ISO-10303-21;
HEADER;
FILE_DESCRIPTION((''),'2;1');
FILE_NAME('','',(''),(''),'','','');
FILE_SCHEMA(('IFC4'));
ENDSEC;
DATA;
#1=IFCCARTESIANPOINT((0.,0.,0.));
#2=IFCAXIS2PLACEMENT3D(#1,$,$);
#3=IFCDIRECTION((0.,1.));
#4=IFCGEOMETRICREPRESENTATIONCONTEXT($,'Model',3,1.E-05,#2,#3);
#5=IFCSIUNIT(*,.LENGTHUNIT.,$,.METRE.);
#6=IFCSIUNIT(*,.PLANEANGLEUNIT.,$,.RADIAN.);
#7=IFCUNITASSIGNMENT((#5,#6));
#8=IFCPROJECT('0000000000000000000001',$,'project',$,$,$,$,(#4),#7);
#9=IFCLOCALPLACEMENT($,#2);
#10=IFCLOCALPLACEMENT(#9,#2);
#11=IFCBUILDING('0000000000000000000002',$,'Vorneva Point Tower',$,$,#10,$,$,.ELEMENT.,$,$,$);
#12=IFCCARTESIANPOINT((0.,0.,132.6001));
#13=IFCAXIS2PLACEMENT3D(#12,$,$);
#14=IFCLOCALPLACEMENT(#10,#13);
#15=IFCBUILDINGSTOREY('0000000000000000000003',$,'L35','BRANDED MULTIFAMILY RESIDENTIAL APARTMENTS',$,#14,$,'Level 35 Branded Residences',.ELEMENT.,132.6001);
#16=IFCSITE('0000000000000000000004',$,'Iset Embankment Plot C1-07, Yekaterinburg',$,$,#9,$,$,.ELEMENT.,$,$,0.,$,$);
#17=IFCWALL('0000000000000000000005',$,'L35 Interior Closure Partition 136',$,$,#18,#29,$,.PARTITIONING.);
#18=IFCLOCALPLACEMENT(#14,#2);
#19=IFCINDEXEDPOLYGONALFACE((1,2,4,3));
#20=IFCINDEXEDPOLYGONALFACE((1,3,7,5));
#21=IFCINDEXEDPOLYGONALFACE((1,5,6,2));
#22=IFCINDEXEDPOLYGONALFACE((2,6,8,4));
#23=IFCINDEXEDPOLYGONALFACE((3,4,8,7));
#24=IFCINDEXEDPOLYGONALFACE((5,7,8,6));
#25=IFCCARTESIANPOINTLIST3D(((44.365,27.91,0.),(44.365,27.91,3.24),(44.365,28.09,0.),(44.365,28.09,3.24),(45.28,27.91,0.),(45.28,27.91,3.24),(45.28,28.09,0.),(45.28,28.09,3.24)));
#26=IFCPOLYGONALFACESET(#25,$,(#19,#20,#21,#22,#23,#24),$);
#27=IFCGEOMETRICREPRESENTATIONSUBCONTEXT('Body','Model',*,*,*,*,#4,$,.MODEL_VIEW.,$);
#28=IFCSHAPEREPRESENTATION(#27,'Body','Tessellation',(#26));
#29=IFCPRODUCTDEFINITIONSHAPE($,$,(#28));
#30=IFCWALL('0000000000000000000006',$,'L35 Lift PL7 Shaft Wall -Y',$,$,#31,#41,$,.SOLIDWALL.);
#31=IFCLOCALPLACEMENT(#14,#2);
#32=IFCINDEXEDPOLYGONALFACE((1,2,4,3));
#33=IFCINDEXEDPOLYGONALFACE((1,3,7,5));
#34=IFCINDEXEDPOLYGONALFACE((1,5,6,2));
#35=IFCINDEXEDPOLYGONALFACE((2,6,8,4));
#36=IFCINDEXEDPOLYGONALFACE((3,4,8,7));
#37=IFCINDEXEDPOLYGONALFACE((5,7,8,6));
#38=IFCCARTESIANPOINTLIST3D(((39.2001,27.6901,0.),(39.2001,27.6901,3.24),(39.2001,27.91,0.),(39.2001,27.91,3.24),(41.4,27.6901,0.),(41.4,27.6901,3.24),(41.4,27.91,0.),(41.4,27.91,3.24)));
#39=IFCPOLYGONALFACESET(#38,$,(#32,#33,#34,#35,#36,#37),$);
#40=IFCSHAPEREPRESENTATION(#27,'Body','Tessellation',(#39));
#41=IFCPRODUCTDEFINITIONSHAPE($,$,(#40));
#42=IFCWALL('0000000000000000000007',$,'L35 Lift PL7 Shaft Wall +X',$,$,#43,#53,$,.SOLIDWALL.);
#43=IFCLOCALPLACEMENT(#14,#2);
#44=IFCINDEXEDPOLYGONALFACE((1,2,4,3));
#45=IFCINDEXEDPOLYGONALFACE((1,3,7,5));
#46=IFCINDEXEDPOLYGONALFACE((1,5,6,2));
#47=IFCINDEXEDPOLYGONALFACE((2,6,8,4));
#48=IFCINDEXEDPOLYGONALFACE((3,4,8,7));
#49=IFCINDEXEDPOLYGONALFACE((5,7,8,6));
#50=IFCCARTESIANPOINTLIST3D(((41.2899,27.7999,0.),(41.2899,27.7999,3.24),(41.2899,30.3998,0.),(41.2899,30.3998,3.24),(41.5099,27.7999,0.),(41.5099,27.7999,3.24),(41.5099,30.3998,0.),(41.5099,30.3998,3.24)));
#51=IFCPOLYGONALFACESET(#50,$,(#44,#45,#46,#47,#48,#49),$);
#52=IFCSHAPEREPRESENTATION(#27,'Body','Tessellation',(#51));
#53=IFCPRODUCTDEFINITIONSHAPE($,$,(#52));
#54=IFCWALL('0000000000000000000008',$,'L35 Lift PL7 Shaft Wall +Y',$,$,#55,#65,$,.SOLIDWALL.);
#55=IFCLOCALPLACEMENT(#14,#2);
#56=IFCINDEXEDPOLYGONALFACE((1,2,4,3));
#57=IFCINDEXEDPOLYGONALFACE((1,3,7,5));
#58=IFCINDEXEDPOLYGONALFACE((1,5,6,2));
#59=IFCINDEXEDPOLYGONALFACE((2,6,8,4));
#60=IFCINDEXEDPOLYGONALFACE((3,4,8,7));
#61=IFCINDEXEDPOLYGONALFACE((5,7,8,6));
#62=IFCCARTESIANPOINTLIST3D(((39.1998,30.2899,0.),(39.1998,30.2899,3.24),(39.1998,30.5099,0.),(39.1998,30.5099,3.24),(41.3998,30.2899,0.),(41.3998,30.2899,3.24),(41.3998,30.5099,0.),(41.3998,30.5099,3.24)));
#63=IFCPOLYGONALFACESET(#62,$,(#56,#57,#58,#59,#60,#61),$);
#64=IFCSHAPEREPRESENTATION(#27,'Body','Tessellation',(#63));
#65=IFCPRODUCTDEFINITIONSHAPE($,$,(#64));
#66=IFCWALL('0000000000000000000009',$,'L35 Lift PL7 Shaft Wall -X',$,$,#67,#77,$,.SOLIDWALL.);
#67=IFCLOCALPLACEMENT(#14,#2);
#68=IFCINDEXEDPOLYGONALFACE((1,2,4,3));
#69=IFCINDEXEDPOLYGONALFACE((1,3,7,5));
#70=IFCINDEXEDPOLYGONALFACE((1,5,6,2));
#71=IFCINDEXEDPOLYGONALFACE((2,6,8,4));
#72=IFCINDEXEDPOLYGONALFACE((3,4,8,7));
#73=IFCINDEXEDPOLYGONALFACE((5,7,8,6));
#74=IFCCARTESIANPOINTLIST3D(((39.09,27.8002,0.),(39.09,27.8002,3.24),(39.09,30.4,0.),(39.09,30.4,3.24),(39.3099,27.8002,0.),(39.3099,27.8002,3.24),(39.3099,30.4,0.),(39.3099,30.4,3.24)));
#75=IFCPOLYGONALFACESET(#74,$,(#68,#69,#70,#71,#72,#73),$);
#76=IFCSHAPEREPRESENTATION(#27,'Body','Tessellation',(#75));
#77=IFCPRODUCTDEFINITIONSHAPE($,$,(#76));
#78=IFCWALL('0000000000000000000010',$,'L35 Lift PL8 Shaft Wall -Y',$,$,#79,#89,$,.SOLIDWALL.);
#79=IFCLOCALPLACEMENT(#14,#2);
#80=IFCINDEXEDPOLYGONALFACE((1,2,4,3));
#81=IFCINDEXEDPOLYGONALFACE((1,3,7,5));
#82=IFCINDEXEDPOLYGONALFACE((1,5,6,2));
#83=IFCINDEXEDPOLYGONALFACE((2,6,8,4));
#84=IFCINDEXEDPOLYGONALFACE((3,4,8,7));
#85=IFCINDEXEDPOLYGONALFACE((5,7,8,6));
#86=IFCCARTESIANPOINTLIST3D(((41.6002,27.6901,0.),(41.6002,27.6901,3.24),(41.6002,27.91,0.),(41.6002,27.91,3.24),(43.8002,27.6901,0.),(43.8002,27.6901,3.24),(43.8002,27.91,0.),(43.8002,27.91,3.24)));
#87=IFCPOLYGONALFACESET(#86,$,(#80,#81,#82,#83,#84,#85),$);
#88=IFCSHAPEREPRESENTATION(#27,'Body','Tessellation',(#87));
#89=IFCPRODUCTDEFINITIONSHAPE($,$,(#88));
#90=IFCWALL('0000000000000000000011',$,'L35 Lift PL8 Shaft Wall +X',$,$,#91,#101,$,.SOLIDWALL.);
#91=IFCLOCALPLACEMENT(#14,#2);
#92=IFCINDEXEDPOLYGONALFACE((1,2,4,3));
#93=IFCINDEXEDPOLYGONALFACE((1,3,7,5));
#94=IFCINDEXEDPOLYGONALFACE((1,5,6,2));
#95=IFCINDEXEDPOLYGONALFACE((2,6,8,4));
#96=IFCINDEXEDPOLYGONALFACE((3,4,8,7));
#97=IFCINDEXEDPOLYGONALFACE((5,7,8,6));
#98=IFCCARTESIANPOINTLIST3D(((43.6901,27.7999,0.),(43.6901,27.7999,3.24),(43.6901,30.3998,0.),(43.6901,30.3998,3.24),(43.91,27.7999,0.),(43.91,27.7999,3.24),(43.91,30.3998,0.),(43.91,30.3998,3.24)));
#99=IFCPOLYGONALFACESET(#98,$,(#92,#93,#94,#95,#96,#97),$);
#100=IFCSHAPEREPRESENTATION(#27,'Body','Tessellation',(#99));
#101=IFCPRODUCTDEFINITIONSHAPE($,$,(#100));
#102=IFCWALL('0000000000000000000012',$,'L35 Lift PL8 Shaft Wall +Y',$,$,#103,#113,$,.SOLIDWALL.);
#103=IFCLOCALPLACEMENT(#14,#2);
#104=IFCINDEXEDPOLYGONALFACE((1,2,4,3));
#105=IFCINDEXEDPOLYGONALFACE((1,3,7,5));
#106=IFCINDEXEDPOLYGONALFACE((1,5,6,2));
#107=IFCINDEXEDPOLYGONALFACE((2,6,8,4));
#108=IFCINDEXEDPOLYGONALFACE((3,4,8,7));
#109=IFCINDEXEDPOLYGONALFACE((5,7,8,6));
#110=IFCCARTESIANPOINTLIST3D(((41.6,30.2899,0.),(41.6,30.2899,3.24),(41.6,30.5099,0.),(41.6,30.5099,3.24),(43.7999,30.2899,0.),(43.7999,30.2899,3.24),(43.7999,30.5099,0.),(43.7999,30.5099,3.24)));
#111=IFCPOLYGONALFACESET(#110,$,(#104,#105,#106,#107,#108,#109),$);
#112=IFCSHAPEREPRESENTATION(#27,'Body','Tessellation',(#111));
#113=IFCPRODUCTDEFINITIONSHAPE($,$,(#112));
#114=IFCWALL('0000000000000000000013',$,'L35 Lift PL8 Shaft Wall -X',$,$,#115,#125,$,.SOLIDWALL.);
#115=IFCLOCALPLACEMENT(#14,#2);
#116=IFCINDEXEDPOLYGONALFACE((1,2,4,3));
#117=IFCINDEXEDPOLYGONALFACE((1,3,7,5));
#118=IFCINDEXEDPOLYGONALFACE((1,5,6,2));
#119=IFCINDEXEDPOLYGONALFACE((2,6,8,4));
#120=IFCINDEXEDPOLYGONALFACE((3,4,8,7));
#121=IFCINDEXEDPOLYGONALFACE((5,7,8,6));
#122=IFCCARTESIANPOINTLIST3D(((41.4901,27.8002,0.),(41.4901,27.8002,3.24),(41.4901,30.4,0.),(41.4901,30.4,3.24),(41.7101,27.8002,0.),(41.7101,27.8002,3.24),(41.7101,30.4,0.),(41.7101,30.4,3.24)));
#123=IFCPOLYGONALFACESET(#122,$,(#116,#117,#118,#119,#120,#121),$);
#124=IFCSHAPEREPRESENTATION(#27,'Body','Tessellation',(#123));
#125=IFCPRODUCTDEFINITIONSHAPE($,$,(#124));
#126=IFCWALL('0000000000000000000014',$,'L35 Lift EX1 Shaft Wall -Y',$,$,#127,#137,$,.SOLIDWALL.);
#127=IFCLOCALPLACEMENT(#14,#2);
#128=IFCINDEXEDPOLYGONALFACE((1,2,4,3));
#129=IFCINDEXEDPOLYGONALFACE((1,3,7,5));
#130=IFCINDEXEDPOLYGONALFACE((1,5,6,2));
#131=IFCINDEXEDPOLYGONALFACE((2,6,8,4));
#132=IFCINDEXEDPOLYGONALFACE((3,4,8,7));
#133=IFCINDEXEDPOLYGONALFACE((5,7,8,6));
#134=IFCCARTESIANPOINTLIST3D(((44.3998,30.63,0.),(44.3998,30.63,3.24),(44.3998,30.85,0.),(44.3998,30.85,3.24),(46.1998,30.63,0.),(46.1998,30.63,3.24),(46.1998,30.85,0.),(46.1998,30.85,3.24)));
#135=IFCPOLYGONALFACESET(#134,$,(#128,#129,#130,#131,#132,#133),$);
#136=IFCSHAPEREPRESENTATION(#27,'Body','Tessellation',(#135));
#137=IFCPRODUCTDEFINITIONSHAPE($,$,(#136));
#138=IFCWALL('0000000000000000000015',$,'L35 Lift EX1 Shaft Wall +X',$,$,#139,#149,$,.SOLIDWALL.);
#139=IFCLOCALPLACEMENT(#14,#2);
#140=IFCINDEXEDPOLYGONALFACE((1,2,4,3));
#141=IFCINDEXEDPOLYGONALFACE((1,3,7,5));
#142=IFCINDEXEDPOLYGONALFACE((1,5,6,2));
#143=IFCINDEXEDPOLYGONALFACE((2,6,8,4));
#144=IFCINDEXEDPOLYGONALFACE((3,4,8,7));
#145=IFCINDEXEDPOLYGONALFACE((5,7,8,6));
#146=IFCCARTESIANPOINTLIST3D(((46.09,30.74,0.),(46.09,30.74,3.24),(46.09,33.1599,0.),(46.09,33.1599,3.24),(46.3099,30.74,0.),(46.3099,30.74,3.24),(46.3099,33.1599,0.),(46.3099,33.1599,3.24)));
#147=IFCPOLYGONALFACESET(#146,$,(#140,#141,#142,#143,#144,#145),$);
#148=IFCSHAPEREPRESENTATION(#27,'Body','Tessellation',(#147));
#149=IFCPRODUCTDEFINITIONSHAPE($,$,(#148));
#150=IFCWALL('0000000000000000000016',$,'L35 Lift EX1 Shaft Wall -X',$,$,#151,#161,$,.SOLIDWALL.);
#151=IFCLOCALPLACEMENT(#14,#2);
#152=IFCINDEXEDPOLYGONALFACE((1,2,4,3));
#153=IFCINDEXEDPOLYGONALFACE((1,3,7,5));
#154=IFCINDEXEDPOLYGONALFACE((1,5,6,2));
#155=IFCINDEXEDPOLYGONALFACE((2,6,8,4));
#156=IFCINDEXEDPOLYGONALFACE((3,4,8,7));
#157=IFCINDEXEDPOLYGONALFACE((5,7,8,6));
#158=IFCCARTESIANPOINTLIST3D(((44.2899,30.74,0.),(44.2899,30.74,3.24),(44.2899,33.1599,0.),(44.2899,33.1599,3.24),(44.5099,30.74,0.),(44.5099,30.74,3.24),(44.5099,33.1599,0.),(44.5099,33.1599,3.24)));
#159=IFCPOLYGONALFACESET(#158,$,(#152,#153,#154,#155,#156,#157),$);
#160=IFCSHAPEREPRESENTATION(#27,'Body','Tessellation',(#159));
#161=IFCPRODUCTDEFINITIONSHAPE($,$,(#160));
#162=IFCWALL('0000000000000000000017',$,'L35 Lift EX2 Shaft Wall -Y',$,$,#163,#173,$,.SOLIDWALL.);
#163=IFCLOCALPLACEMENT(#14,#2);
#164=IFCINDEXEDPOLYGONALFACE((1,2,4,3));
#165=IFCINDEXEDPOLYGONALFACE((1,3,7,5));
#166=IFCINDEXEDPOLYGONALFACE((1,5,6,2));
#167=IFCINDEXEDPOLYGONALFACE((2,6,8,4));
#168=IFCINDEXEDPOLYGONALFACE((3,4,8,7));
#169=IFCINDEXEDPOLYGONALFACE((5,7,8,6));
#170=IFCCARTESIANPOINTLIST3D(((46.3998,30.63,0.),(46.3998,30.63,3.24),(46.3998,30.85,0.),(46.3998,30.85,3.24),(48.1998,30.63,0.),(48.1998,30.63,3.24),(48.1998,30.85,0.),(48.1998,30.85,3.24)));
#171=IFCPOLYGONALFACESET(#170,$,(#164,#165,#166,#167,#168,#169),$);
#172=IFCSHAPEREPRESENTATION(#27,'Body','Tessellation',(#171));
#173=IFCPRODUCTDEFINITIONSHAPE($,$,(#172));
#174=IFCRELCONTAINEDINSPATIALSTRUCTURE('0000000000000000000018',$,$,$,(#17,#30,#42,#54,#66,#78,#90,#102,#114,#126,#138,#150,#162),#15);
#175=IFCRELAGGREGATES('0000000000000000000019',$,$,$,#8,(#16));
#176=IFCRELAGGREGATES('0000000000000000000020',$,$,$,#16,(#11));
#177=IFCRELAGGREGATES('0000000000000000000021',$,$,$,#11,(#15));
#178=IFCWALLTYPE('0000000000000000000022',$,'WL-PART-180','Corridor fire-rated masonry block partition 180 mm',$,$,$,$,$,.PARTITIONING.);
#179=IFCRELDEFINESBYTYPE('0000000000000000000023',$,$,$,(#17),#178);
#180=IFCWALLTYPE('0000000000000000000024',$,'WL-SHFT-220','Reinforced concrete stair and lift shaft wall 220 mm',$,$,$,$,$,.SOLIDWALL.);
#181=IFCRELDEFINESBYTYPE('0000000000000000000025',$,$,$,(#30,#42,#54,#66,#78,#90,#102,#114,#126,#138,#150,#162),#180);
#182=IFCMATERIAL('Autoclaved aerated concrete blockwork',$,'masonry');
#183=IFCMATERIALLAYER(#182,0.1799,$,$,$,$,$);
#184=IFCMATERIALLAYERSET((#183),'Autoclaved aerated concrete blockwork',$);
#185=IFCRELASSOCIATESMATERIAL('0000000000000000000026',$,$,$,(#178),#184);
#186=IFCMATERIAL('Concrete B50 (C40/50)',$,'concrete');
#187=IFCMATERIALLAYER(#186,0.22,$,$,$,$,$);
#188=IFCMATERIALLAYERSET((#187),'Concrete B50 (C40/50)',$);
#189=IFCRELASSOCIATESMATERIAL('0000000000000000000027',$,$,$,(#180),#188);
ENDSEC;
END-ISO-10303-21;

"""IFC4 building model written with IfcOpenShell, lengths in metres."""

from ifc_helpers import new_model, si_unit, direction, frame, frame_2d, origin, place, context, subcontext, project, spatial, rectangle, extrude, material, layer, layer_set, type_object, element, save


model = new_model("IFC4")

# Units and contexts
model_context = context("Model", 3, precision=1e-05, world=origin(), true_north=direction((0.0, 1.0)))
body_context = subcontext(model_context, "Body", "Model", "MODEL_VIEW")
ifc_project = project(units=[si_unit("LENGTHUNIT", "METRE"), si_unit("PLANEANGLEUNIT", "RADIAN")], contexts=[model_context])

# Site, building, storey
site_placement = place(None, origin())
site = spatial("IfcSite", under=ifc_project, at=site_placement, Name="Iset Embankment Plot C1-07, Yekaterinburg", CompositionType="ELEMENT", RefElevation=0.0)
building_placement = place(site_placement, origin())
building = spatial("IfcBuilding", under=site, at=building_placement, Name="Vorneva Point Tower", CompositionType="ELEMENT")
storey_placement = place(building_placement, frame((0.0, 0.0, 132.6001)))
storey = spatial("IfcBuildingStorey", under=building, at=storey_placement, Name="L35", Description="BRANDED MULTIFAMILY RESIDENTIAL APARTMENTS", LongName="Level 35 Branded Residences", CompositionType="ELEMENT", Elevation=132.6001)

# Shared definitions
ifc_material_1 = material(Name="Autoclaved aerated concrete blockwork", Category="masonry")
ifc_layer_1 = layer(ifc_material_1, 0.1799)
ifc_layer_set_1 = layer_set([ifc_layer_1], Name="Autoclaved aerated concrete blockwork")
wall_type_1 = type_object("IfcWallType", Name="WL-PART-180", Description="Corridor fire-rated masonry block partition 180 mm", PredefinedType="PARTITIONING", material=ifc_layer_set_1)

# Walls
wall_1_placement = place(storey_placement, frame((45.28, 28.0, 0.0), z_axis=(0.0, 0.0, 1.0), x_axis=(-1.0, 0.0, 0.0)))
element("IfcWall", 1, at=wall_1_placement, inside=storey, type_object=wall_type_1, Name="L35 Interior Closure Partition 136", PredefinedType="PARTITIONING", context=body_context, shape_type="SweptSolid", body=[
    extrude(rectangle(XDim=0.915, YDim=0.1799, at=frame_2d((0.4575, 0.0))), origin(), (0.0, 0.0, 1.0), 3.24),
])
ifc_material_2 = material(Name="Concrete B50 (C40/50)", Category="concrete")
ifc_layer_2 = layer(ifc_material_2, 0.22)
ifc_layer_set_2 = layer_set([ifc_layer_2], Name="Concrete B50 (C40/50)")
wall_type_2 = type_object("IfcWallType", Name="WL-SHFT-220", Description="Reinforced concrete stair and lift shaft wall 220 mm", PredefinedType="SOLIDWALL", material=ifc_layer_set_2)
wall_2_placement = place(storey_placement, frame((39.2, 27.8, 0.0), z_axis=(0.0, 0.0, 1.0), x_axis=(1.0, 0.0, 0.0)))
element("IfcWall", 2, at=wall_2_placement, inside=storey, type_object=wall_type_2, Name="L35 Lift PL7 Shaft Wall -Y", PredefinedType="SOLIDWALL", context=body_context, shape_type="SweptSolid", body=[
    extrude(rectangle(XDim=2.2, YDim=0.22, at=frame_2d((1.1001, 0.0))), origin(), (0.0, 0.0, 1.0), 3.24),
])
wall_3_placement = place(storey_placement, frame((41.3999, 27.8, 0.0), z_axis=(0.0, 0.0, 1.0), x_axis=(0.0, 1.0, 0.0)))
element("IfcWall", 3, at=wall_3_placement, inside=storey, type_object=wall_type_2, Name="L35 Lift PL7 Shaft Wall +X", PredefinedType="SOLIDWALL", context=body_context, shape_type="SweptSolid", body=[
    extrude(rectangle(XDim=2.5999, YDim=0.22, at=frame_2d((1.2998, 0.0))), origin(), (0.0, 0.0, 1.0), 3.24),
])
wall_4_placement = place(storey_placement, frame((41.3999, 30.3999, 0.0), z_axis=(0.0, 0.0, 1.0), x_axis=(-1.0, 0.0, 0.0)))
element("IfcWall", 4, at=wall_4_placement, inside=storey, type_object=wall_type_2, Name="L35 Lift PL7 Shaft Wall +Y", PredefinedType="SOLIDWALL", context=body_context, shape_type="SweptSolid", body=[
    extrude(rectangle(XDim=2.2, YDim=0.22, at=frame_2d((1.1001, 0.0))), origin(), (0.0, 0.0, 1.0), 3.24),
])
wall_5_placement = place(storey_placement, frame((39.2, 30.3999, 0.0), z_axis=(0.0, 0.0, 1.0), x_axis=(0.0, -1.0, 0.0)))
element("IfcWall", 5, at=wall_5_placement, inside=storey, type_object=wall_type_2, Name="L35 Lift PL7 Shaft Wall -X", PredefinedType="SOLIDWALL", context=body_context, shape_type="SweptSolid", body=[
    extrude(rectangle(XDim=2.5999, YDim=0.22, at=frame_2d((1.2998, 0.0))), origin(), (0.0, 0.0, 1.0), 3.24),
])
wall_6_placement = place(storey_placement, frame((41.6001, 27.8, 0.0), z_axis=(0.0, 0.0, 1.0), x_axis=(1.0, 0.0, 0.0)))
element("IfcWall", 6, at=wall_6_placement, inside=storey, type_object=wall_type_2, Name="L35 Lift PL8 Shaft Wall -Y", PredefinedType="SOLIDWALL", context=body_context, shape_type="SweptSolid", body=[
    extrude(rectangle(XDim=2.2, YDim=0.22, at=frame_2d((1.1001, 0.0))), origin(), (0.0, 0.0, 1.0), 3.24),
])
wall_7_placement = place(storey_placement, frame((43.8, 27.8, 0.0), z_axis=(0.0, 0.0, 1.0), x_axis=(0.0, 1.0, 0.0)))
element("IfcWall", 7, at=wall_7_placement, inside=storey, type_object=wall_type_2, Name="L35 Lift PL8 Shaft Wall +X", PredefinedType="SOLIDWALL", context=body_context, shape_type="SweptSolid", body=[
    extrude(rectangle(XDim=2.5999, YDim=0.22, at=frame_2d((1.2998, 0.0))), origin(), (0.0, 0.0, 1.0), 3.24),
])
wall_8_placement = place(storey_placement, frame((43.8, 30.3999, 0.0), z_axis=(0.0, 0.0, 1.0), x_axis=(-1.0, 0.0, 0.0)))
element("IfcWall", 8, at=wall_8_placement, inside=storey, type_object=wall_type_2, Name="L35 Lift PL8 Shaft Wall +Y", PredefinedType="SOLIDWALL", context=body_context, shape_type="SweptSolid", body=[
    extrude(rectangle(XDim=2.2, YDim=0.22, at=frame_2d((1.1001, 0.0))), origin(), (0.0, 0.0, 1.0), 3.24),
])
wall_9_placement = place(storey_placement, frame((41.6001, 30.3999, 0.0), z_axis=(0.0, 0.0, 1.0), x_axis=(0.0, -1.0, 0.0)))
element("IfcWall", 9, at=wall_9_placement, inside=storey, type_object=wall_type_2, Name="L35 Lift PL8 Shaft Wall -X", PredefinedType="SOLIDWALL", context=body_context, shape_type="SweptSolid", body=[
    extrude(rectangle(XDim=2.5999, YDim=0.22, at=frame_2d((1.2998, 0.0))), origin(), (0.0, 0.0, 1.0), 3.24),
])
wall_10_placement = place(storey_placement, frame((44.3999, 30.74, 0.0), z_axis=(0.0, 0.0, 1.0), x_axis=(1.0, 0.0, 0.0)))
element("IfcWall", 10, at=wall_10_placement, inside=storey, type_object=wall_type_2, Name="L35 Lift EX1 Shaft Wall -Y", PredefinedType="SOLIDWALL", context=body_context, shape_type="SweptSolid", body=[
    extrude(rectangle(XDim=1.8, YDim=0.22, at=frame_2d((0.8999, 0.0))), origin(), (0.0, 0.0, 1.0), 3.24),
])
for number, where, z_axis, x_axis, name in (
    (11, (46.2, 30.74, 0.0), (0.0, 0.0, 1.0), (0.0, 1.0, 0.0), "L35 Lift EX1 Shaft Wall +X"),
    (12, (44.3999, 33.1599, 0.0), (0.0, 0.0, 1.0), (0.0, -1.0, 0.0), "L35 Lift EX1 Shaft Wall -X"),
):
    element("IfcWall", number, at=place(storey_placement, frame(where, z_axis=z_axis, x_axis=x_axis)), inside=storey, type_object=wall_type_2, Name=name, PredefinedType="SOLIDWALL", context=body_context, shape_type="SweptSolid", body=[
        extrude(rectangle(XDim=2.4199, YDim=0.22, at=frame_2d((1.21, 0.0))), origin(), (0.0, 0.0, 1.0), 3.24),
    ])
wall_11_placement = place(storey_placement, frame((46.3999, 30.74, 0.0), z_axis=(0.0, 0.0, 1.0), x_axis=(1.0, 0.0, 0.0)))
element("IfcWall", 13, at=wall_11_placement, inside=storey, type_object=wall_type_2, Name="L35 Lift EX2 Shaft Wall -Y", PredefinedType="SOLIDWALL", context=body_context, shape_type="SweptSolid", body=[
    extrude(rectangle(XDim=1.8, YDim=0.22, at=frame_2d((0.8999, 0.0))), origin(), (0.0, 0.0, 1.0), 3.24),
])

save(model, "model.ifc")
